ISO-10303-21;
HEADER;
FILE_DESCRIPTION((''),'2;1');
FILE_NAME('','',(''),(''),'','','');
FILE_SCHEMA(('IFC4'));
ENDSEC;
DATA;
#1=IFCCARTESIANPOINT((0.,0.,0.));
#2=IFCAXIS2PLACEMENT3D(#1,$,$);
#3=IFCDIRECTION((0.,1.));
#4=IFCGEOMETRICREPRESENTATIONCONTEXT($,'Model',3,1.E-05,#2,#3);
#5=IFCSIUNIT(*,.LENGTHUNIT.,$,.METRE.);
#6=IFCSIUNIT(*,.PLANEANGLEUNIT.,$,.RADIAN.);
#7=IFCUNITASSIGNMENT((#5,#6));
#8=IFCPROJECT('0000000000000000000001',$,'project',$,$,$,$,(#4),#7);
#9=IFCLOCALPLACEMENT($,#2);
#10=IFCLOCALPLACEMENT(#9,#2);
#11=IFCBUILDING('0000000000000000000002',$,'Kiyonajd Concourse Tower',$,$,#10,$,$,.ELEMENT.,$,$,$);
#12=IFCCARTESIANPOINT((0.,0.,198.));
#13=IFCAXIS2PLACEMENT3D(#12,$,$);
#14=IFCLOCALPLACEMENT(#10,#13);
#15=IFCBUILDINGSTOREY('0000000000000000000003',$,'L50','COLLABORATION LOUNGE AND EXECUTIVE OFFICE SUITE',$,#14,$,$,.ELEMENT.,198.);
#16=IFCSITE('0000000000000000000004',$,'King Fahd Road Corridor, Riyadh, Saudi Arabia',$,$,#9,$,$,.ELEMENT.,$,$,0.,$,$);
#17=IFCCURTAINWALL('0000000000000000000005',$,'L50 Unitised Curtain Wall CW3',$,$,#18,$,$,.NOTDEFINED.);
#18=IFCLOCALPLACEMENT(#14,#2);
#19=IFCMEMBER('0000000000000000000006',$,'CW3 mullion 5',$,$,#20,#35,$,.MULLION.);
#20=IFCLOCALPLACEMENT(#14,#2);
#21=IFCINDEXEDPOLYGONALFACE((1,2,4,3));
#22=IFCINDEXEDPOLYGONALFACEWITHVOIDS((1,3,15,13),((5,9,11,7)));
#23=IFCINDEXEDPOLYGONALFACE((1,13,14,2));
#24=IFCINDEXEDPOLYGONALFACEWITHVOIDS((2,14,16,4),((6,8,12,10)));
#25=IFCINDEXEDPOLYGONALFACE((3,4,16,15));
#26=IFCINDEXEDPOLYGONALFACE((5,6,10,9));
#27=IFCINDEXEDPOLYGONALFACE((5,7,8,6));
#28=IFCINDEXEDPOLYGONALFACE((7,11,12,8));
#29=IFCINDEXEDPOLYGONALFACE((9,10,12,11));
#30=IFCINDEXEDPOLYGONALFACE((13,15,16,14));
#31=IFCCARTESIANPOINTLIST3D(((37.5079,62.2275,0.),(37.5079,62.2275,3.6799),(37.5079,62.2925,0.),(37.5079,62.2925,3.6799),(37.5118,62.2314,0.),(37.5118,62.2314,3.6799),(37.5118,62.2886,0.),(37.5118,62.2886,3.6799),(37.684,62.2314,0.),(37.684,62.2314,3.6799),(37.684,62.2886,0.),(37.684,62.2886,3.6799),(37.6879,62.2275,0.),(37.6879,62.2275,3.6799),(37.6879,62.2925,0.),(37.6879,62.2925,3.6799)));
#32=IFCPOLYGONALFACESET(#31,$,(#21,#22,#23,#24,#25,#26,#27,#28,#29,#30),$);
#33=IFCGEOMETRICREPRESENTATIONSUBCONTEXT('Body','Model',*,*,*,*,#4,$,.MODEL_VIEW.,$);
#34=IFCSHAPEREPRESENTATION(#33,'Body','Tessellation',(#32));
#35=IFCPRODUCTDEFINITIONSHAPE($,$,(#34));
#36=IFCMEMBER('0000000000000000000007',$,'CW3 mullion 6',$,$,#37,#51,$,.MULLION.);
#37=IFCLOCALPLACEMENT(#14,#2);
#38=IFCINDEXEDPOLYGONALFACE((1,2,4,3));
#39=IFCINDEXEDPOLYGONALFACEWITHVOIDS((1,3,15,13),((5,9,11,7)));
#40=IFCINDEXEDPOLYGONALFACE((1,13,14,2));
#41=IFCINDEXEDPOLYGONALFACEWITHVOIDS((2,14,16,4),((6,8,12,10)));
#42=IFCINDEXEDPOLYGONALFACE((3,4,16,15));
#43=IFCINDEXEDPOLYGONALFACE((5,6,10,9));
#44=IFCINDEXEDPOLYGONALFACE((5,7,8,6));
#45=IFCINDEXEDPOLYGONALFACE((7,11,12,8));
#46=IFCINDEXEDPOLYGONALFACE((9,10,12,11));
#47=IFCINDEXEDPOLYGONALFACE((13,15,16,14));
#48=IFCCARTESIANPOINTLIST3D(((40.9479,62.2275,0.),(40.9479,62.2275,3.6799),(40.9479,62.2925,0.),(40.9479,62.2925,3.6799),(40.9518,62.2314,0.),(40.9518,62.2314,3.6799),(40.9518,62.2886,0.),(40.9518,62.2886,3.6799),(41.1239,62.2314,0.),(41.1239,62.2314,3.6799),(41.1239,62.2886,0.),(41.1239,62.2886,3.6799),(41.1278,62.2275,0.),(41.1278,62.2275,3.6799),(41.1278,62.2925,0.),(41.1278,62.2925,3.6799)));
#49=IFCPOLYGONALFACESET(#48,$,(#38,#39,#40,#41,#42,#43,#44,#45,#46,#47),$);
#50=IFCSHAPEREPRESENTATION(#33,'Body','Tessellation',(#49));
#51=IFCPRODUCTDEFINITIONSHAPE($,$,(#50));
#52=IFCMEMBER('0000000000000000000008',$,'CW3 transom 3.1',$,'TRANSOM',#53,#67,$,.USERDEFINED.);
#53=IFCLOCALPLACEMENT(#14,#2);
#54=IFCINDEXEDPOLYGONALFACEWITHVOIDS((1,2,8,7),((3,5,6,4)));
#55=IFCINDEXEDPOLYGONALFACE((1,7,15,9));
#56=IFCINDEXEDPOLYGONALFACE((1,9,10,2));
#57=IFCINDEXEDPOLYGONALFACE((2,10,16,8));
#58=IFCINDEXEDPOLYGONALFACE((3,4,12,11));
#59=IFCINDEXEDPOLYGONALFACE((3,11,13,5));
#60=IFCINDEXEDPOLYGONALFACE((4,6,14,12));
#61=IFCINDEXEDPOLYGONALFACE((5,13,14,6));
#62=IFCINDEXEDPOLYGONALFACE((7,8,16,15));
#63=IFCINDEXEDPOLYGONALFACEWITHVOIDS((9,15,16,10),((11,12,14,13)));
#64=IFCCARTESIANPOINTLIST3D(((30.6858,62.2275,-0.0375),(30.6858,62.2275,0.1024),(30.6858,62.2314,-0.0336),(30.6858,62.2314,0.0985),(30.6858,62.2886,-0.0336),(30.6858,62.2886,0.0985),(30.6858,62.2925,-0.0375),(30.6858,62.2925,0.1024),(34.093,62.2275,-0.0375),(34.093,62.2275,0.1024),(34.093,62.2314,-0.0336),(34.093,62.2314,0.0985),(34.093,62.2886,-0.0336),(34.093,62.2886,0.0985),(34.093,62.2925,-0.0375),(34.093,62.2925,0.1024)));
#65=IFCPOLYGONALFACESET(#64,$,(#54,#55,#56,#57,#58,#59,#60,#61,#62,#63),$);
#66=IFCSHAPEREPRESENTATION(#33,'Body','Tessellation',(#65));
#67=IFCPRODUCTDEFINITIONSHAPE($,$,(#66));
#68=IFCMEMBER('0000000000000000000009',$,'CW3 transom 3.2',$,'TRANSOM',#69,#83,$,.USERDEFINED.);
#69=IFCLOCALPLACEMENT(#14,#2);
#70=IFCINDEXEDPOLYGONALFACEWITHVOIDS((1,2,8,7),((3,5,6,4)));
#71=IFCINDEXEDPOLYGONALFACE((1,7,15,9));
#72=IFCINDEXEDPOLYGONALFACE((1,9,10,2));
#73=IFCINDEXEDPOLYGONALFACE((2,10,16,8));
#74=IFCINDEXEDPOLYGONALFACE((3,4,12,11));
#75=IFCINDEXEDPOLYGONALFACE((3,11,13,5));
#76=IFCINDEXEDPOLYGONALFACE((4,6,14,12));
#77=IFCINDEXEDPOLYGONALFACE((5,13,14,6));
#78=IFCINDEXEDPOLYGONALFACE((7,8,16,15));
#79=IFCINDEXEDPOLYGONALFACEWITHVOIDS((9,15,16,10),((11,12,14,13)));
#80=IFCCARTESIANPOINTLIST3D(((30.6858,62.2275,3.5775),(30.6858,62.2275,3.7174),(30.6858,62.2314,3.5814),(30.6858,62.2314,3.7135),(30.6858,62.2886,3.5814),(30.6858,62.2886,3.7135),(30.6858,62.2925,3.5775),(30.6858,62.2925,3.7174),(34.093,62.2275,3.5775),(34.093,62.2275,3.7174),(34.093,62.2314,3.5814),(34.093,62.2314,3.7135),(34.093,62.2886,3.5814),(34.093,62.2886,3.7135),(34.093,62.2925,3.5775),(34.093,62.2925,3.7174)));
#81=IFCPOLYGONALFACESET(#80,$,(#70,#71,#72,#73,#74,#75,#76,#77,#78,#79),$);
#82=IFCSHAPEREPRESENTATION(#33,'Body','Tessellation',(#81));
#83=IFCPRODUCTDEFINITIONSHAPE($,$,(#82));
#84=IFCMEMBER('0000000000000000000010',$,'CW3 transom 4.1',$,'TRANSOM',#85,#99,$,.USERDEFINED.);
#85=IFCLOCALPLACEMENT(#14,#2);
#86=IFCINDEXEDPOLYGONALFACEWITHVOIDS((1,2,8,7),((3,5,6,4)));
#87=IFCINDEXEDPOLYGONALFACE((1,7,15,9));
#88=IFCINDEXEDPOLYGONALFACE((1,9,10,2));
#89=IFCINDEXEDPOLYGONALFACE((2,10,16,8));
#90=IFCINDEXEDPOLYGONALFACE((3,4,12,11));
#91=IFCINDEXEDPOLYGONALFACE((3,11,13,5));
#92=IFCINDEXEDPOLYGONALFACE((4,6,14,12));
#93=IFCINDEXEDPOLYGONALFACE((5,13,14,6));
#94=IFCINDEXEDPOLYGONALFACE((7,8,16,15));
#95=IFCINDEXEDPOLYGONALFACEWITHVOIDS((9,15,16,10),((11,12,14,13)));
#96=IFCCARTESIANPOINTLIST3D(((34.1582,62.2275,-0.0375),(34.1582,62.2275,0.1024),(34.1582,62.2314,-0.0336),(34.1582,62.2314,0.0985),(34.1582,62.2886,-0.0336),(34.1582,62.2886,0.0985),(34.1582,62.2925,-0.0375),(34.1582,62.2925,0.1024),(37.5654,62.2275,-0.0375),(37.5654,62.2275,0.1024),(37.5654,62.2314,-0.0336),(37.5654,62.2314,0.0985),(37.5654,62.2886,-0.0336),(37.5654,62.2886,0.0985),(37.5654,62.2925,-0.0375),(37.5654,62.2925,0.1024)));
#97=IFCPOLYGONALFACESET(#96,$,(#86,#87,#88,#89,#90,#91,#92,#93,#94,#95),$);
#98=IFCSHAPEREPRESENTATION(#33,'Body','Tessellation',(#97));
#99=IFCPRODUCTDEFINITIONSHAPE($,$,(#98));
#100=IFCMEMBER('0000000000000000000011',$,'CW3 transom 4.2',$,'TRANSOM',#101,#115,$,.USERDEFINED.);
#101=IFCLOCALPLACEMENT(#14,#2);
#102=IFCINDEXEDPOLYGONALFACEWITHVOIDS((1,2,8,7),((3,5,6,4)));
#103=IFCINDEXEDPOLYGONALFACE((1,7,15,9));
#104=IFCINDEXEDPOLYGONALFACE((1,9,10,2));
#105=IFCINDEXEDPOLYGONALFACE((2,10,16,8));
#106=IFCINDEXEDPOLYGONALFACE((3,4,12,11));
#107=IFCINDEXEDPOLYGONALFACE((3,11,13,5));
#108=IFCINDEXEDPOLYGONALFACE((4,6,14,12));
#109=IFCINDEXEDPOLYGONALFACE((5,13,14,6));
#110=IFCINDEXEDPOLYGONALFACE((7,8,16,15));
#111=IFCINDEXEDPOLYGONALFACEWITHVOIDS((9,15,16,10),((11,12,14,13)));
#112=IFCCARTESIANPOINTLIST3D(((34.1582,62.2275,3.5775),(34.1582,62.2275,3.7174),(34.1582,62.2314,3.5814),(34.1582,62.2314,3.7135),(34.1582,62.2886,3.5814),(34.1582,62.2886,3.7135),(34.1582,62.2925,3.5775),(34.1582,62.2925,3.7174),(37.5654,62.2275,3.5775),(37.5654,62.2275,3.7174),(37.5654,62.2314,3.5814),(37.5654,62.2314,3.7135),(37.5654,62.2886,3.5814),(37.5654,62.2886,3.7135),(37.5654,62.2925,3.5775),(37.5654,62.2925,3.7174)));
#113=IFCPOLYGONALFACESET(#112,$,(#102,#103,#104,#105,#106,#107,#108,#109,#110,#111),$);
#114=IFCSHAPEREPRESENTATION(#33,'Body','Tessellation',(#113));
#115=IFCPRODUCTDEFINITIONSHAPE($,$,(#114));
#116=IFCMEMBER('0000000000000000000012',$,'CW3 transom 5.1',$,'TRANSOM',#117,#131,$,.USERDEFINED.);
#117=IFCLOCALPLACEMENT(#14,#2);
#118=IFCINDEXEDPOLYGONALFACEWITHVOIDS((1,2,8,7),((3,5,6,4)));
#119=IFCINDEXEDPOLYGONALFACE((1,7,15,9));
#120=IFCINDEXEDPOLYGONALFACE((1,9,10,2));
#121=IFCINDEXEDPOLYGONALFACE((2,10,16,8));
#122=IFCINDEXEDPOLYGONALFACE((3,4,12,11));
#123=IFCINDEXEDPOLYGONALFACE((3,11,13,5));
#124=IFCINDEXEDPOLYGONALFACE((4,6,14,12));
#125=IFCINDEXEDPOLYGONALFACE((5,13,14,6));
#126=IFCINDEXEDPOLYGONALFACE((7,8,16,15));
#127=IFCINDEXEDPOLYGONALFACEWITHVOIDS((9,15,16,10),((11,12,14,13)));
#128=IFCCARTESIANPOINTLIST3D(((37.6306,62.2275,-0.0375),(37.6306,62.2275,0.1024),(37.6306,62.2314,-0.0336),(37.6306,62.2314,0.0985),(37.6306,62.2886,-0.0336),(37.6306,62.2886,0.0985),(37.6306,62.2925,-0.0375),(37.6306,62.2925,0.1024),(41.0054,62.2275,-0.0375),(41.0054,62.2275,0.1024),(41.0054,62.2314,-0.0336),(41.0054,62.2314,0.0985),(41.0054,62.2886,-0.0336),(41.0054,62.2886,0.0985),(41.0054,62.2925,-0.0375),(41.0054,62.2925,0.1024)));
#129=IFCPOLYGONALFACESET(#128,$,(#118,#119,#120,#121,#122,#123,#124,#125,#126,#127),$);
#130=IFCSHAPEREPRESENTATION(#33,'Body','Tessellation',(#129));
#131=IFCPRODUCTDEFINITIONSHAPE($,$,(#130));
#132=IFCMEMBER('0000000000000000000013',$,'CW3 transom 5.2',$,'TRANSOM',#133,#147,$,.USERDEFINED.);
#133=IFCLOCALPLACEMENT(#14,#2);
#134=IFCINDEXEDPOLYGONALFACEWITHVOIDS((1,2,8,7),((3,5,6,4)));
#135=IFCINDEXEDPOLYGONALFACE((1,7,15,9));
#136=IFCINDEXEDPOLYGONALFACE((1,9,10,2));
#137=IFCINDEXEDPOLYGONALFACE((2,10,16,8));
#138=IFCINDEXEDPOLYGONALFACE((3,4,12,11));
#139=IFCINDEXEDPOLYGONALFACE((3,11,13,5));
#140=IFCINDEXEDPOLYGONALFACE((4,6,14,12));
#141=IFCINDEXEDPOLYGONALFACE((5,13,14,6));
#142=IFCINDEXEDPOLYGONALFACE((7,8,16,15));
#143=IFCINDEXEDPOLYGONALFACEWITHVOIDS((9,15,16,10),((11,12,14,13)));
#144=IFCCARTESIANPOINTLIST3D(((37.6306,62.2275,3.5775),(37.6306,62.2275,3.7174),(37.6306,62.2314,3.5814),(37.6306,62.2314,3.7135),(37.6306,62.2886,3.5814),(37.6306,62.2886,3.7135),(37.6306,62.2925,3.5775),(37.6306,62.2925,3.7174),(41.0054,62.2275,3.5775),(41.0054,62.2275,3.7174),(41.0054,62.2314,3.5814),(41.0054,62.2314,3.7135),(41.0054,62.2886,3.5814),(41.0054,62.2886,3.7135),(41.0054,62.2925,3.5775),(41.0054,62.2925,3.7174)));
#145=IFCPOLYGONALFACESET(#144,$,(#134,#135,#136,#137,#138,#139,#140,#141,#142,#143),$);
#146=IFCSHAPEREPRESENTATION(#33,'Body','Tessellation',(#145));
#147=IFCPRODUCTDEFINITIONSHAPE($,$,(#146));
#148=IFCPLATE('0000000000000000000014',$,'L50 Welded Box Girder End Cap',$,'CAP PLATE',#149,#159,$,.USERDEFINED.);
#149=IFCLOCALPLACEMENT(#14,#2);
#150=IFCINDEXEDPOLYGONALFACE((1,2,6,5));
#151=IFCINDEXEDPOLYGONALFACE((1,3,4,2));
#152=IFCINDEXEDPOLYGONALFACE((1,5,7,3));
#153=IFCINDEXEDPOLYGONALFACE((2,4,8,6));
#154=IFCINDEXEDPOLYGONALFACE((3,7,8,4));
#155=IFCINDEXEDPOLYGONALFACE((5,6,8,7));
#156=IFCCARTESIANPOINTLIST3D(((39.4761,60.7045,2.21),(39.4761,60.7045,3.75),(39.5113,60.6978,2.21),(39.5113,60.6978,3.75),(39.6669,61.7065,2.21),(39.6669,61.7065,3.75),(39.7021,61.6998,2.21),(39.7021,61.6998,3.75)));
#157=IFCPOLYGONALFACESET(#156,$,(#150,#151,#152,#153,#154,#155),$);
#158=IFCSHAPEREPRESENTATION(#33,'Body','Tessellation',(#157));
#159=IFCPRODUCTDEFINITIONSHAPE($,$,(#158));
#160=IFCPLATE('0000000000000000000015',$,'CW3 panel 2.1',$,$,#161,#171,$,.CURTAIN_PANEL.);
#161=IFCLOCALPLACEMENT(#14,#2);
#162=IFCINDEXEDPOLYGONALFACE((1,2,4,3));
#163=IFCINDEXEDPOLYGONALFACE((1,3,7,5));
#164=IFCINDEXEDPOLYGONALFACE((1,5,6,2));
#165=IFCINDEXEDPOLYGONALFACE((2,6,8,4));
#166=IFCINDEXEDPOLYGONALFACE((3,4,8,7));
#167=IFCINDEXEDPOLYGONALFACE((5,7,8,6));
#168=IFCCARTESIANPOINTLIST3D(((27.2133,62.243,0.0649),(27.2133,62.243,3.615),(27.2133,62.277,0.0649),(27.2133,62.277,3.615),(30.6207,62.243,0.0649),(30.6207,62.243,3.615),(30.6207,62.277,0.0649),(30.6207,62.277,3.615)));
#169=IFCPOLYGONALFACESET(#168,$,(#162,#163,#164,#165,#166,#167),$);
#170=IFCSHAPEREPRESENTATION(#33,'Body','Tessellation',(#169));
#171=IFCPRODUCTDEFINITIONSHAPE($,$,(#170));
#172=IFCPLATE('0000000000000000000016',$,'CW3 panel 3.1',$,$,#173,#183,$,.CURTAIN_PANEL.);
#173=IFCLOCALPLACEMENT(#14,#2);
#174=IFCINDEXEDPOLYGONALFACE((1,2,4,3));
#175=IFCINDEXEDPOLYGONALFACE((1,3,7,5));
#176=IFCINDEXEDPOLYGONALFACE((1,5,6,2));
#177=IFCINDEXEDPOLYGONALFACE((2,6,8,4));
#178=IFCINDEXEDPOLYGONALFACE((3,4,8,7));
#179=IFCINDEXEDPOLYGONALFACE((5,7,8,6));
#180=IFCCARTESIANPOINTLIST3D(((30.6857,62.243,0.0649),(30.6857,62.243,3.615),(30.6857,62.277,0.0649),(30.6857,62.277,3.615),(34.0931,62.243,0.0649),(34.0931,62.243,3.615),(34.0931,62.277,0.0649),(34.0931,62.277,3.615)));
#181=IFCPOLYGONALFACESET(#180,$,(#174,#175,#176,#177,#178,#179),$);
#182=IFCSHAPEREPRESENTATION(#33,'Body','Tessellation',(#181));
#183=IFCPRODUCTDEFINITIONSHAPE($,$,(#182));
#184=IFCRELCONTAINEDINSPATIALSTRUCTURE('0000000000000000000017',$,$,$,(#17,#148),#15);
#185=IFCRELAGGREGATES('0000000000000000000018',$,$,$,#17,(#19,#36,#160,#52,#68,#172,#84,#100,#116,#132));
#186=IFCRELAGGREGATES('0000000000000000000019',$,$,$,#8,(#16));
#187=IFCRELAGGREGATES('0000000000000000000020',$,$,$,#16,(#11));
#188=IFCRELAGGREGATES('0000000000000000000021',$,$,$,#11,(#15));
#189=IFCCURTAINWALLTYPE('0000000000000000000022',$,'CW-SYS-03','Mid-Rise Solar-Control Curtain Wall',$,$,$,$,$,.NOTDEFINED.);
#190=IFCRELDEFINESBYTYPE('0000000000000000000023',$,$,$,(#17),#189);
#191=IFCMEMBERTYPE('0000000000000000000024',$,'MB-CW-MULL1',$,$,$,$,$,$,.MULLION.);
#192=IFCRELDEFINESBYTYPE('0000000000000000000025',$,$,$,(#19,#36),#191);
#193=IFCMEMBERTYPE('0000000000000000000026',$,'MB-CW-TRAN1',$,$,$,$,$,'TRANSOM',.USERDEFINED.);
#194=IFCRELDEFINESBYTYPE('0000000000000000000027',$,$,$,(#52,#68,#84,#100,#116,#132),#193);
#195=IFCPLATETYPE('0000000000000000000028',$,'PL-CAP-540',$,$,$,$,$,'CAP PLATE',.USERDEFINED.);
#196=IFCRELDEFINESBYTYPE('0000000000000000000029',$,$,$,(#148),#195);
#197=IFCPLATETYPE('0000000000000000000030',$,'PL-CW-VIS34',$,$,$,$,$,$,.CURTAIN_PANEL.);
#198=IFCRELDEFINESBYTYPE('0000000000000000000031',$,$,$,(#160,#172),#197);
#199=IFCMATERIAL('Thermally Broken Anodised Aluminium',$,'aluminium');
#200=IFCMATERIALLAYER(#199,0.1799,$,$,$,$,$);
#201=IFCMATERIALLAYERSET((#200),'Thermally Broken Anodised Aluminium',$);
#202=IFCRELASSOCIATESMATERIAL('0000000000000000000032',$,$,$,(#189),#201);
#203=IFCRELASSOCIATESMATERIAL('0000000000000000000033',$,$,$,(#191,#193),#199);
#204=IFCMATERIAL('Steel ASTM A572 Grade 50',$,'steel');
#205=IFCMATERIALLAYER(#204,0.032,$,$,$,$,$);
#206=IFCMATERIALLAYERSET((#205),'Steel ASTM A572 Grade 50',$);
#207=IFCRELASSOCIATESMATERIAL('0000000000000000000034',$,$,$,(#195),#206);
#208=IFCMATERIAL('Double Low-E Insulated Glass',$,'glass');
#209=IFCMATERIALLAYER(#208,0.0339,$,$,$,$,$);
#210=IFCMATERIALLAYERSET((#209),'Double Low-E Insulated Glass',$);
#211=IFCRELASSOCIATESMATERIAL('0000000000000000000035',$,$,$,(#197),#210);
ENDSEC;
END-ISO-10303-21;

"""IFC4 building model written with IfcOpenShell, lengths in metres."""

from ifc_helpers import new_model, si_unit, direction, frame, origin, origin_2d, place, context, subcontext, project, spatial, rectangle, hollow_rectangle, extrude, material, layer, layer_set, material_profile, profile_set, type_object, element, aggregate, save


model = new_model("IFC4")

# Units and contexts
model_context = context("Model", 3, precision=1e-05, world=origin(), true_north=direction((0.0, 1.0)))
body_context = subcontext(model_context, "Body", "Model", "MODEL_VIEW")
ifc_project = project(units=[si_unit("LENGTHUNIT", "METRE"), si_unit("PLANEANGLEUNIT", "RADIAN")], contexts=[model_context])

# Site, building, storey
site_placement = place(None, origin())
site = spatial("IfcSite", under=ifc_project, at=site_placement, Name="King Fahd Road Corridor, Riyadh, Saudi Arabia", CompositionType="ELEMENT", RefElevation=0.0)
building_placement = place(site_placement, origin())
building = spatial("IfcBuilding", under=site, at=building_placement, Name="Kiyonajd Concourse Tower", CompositionType="ELEMENT")
storey_placement = place(building_placement, frame((0.0, 0.0, 198.0)))
storey = spatial("IfcBuildingStorey", under=building, at=storey_placement, Name="L50", Description="COLLABORATION LOUNGE AND EXECUTIVE OFFICE SUITE", CompositionType="ELEMENT", Elevation=198.0)

# Curtain wall, members
ifc_material_1 = material(Name="Thermally Broken Anodised Aluminium", Category="aluminium")
ifc_layer_1 = layer(ifc_material_1, 0.1799)
ifc_layer_set_1 = layer_set([ifc_layer_1], Name="Thermally Broken Anodised Aluminium")
curtain_wall_type = type_object("IfcCurtainWallType", Name="CW-SYS-03", Description="Mid-Rise Solar-Control Curtain Wall", PredefinedType="NOTDEFINED", material=ifc_layer_set_1)
curtain_wall_placement = place(storey_placement, origin())
curtain_wall = element("IfcCurtainWall", 1, at=curtain_wall_placement, inside=storey, type_object=curtain_wall_type, Name="L50 Unitised Curtain Wall CW3", PredefinedType="NOTDEFINED")
ifc_material_profile_1 = material_profile(ifc_material_1, hollow_rectangle(XDim=0.0649, YDim=0.1799, WallThickness=0.0039, at=origin_2d()), Name="MULL-65x180")
ifc_profile_set_1 = profile_set([ifc_material_profile_1], Name="Thermally Broken Anodised Aluminium")
member_type_1 = type_object("IfcMemberType", Name="MB-CW-MULL1", PredefinedType="MULLION", material=ifc_profile_set_1)
member_1_placement = place(storey_placement, frame((37.5979, 62.26, 0.0), z_axis=(0.0, 0.0, 1.0), x_axis=(0.0, 1.0, 0.0)))
member_1 = element("IfcMember", 2, at=member_1_placement, type_object=member_type_1, Name="CW3 mullion 5", PredefinedType="MULLION", context=body_context, shape_type="SweptSolid", body=[
    extrude(hollow_rectangle(XDim=0.0649, YDim=0.1799, WallThickness=0.0039, at=origin_2d()), origin(), (0.0, 0.0, 1.0), 3.6799),
])
member_2_placement = place(storey_placement, frame((41.0378, 62.26, 0.0), z_axis=(0.0, 0.0, 1.0), x_axis=(0.0, 1.0, 0.0)))
member_2 = element("IfcMember", 3, at=member_2_placement, type_object=member_type_1, Name="CW3 mullion 6", PredefinedType="MULLION", context=body_context, shape_type="SweptSolid", body=[
    extrude(hollow_rectangle(XDim=0.0649, YDim=0.1799, WallThickness=0.0039, at=origin_2d()), origin(), (0.0, 0.0, 1.0), 3.6799),
])
ifc_material_profile_2 = material_profile(ifc_material_1, hollow_rectangle(XDim=0.0649, YDim=0.1399, WallThickness=0.0039, at=origin_2d()), Name="TRAN-65x140")
ifc_profile_set_2 = profile_set([ifc_material_profile_2], Name="Thermally Broken Anodised Aluminium")
member_type_2 = type_object("IfcMemberType", Name="MB-CW-TRAN1", ElementType="TRANSOM", PredefinedType="USERDEFINED", material=ifc_profile_set_2)
member_3_placement = place(storey_placement, frame((30.6858, 62.26, 0.0325), z_axis=(1.0, 0.0, 0.0), x_axis=(0.0, 1.0, 0.0)))
member_3 = element("IfcMember", 4, at=member_3_placement, type_object=member_type_2, Name="CW3 transom 3.1", ObjectType="TRANSOM", PredefinedType="USERDEFINED", context=body_context, shape_type="SweptSolid", body=[
    extrude(hollow_rectangle(XDim=0.0649, YDim=0.1399, WallThickness=0.0039, at=origin_2d()), origin(), (0.0, 0.0, 1.0), 3.4072),
])
member_4_placement = place(storey_placement, frame((30.6858, 62.26, 3.6475), z_axis=(1.0, 0.0, 0.0), x_axis=(0.0, 1.0, 0.0)))
member_4 = element("IfcMember", 5, at=member_4_placement, type_object=member_type_2, Name="CW3 transom 3.2", ObjectType="TRANSOM", PredefinedType="USERDEFINED", context=body_context, shape_type="SweptSolid", body=[
    extrude(hollow_rectangle(XDim=0.0649, YDim=0.1399, WallThickness=0.0039, at=origin_2d()), origin(), (0.0, 0.0, 1.0), 3.4072),
])
member_5_placement = place(storey_placement, frame((34.1582, 62.26, 0.0325), z_axis=(1.0, 0.0, 0.0), x_axis=(0.0, 1.0, 0.0)))
member_5 = element("IfcMember", 6, at=member_5_placement, type_object=member_type_2, Name="CW3 transom 4.1", ObjectType="TRANSOM", PredefinedType="USERDEFINED", context=body_context, shape_type="SweptSolid", body=[
    extrude(hollow_rectangle(XDim=0.0649, YDim=0.1399, WallThickness=0.0039, at=origin_2d()), origin(), (0.0, 0.0, 1.0), 3.4072),
])
member_6_placement = place(storey_placement, frame((34.1582, 62.26, 3.6475), z_axis=(1.0, 0.0, 0.0), x_axis=(0.0, 1.0, 0.0)))
member_6 = element("IfcMember", 7, at=member_6_placement, type_object=member_type_2, Name="CW3 transom 4.2", ObjectType="TRANSOM", PredefinedType="USERDEFINED", context=body_context, shape_type="SweptSolid", body=[
    extrude(hollow_rectangle(XDim=0.0649, YDim=0.1399, WallThickness=0.0039, at=origin_2d()), origin(), (0.0, 0.0, 1.0), 3.4072),
])
member_7_placement = place(storey_placement, frame((37.6306, 62.26, 0.0325), z_axis=(1.0, 0.0, 0.0), x_axis=(0.0, 1.0, 0.0)))
member_7 = element("IfcMember", 8, at=member_7_placement, type_object=member_type_2, Name="CW3 transom 5.1", ObjectType="TRANSOM", PredefinedType="USERDEFINED", context=body_context, shape_type="SweptSolid", body=[
    extrude(hollow_rectangle(XDim=0.0649, YDim=0.1399, WallThickness=0.0039, at=origin_2d()), origin(), (0.0, 0.0, 1.0), 3.3748),
])
member_8_placement = place(storey_placement, frame((37.6306, 62.26, 3.6475), z_axis=(1.0, 0.0, 0.0), x_axis=(0.0, 1.0, 0.0)))
member_8 = element("IfcMember", 9, at=member_8_placement, type_object=member_type_2, Name="CW3 transom 5.2", ObjectType="TRANSOM", PredefinedType="USERDEFINED", context=body_context, shape_type="SweptSolid", body=[
    extrude(hollow_rectangle(XDim=0.0649, YDim=0.1399, WallThickness=0.0039, at=origin_2d()), origin(), (0.0, 0.0, 1.0), 3.3748),
])

# Plates
ifc_material_2 = material(Name="Steel ASTM A572 Grade 50", Category="steel")
ifc_layer_2 = layer(ifc_material_2, 0.032)
ifc_layer_set_2 = layer_set([ifc_layer_2], Name="Steel ASTM A572 Grade 50")
plate_type_1 = type_object("IfcPlateType", Name="PL-CAP-540", ElementType="CAP PLATE", PredefinedType="USERDEFINED", material=ifc_layer_set_2)
plate_1_placement = place(storey_placement, frame((39.5891, 61.2021, 2.21), z_axis=(0.0, 0.0, 1.0), x_axis=(-0.982353, 0.187038, 0.0)))
element("IfcPlate", 10, at=plate_1_placement, inside=storey, type_object=plate_type_1, Name="L50 Welded Box Girder End Cap", ObjectType="CAP PLATE", PredefinedType="USERDEFINED", context=body_context, shape_type="SweptSolid", body=[
    extrude(rectangle(XDim=0.0359, YDim=1.02, at=origin_2d()), origin(), (0.0, 0.0, 1.0), 1.54),
])
ifc_material_3 = material(Name="Double Low-E Insulated Glass", Category="glass")
ifc_layer_3 = layer(ifc_material_3, 0.0339)
ifc_layer_set_3 = layer_set([ifc_layer_3], Name="Double Low-E Insulated Glass")
plate_type_2 = type_object("IfcPlateType", Name="PL-CW-VIS34", PredefinedType="CURTAIN_PANEL", material=ifc_layer_set_3)
plate_2_placement = place(storey_placement, frame((28.917, 62.26, 0.0649), z_axis=(0.0, 0.0, 1.0), x_axis=(1.0, 0.0, 0.0)))
plate_2 = element("IfcPlate", 11, at=plate_2_placement, type_object=plate_type_2, Name="CW3 panel 2.1", PredefinedType="CURTAIN_PANEL", context=body_context, shape_type="SweptSolid", body=[
    extrude(rectangle(XDim=3.4075, YDim=0.0339, at=origin_2d()), origin(), (0.0, 0.0, 1.0), 3.55),
])
plate_3_placement = place(storey_placement, frame((32.3894, 62.26, 0.0649), z_axis=(0.0, 0.0, 1.0), x_axis=(1.0, 0.0, 0.0)))
plate_3 = element("IfcPlate", 12, at=plate_3_placement, type_object=plate_type_2, Name="CW3 panel 3.1", PredefinedType="CURTAIN_PANEL", context=body_context, shape_type="SweptSolid", body=[
    extrude(rectangle(XDim=3.4075, YDim=0.0339, at=origin_2d()), origin(), (0.0, 0.0, 1.0), 3.55),
])
aggregate(curtain_wall, [member_1, member_2, plate_2, member_3, member_4, plate_3, member_5, member_6, member_7, member_8])

save(model, "model.ifc")
